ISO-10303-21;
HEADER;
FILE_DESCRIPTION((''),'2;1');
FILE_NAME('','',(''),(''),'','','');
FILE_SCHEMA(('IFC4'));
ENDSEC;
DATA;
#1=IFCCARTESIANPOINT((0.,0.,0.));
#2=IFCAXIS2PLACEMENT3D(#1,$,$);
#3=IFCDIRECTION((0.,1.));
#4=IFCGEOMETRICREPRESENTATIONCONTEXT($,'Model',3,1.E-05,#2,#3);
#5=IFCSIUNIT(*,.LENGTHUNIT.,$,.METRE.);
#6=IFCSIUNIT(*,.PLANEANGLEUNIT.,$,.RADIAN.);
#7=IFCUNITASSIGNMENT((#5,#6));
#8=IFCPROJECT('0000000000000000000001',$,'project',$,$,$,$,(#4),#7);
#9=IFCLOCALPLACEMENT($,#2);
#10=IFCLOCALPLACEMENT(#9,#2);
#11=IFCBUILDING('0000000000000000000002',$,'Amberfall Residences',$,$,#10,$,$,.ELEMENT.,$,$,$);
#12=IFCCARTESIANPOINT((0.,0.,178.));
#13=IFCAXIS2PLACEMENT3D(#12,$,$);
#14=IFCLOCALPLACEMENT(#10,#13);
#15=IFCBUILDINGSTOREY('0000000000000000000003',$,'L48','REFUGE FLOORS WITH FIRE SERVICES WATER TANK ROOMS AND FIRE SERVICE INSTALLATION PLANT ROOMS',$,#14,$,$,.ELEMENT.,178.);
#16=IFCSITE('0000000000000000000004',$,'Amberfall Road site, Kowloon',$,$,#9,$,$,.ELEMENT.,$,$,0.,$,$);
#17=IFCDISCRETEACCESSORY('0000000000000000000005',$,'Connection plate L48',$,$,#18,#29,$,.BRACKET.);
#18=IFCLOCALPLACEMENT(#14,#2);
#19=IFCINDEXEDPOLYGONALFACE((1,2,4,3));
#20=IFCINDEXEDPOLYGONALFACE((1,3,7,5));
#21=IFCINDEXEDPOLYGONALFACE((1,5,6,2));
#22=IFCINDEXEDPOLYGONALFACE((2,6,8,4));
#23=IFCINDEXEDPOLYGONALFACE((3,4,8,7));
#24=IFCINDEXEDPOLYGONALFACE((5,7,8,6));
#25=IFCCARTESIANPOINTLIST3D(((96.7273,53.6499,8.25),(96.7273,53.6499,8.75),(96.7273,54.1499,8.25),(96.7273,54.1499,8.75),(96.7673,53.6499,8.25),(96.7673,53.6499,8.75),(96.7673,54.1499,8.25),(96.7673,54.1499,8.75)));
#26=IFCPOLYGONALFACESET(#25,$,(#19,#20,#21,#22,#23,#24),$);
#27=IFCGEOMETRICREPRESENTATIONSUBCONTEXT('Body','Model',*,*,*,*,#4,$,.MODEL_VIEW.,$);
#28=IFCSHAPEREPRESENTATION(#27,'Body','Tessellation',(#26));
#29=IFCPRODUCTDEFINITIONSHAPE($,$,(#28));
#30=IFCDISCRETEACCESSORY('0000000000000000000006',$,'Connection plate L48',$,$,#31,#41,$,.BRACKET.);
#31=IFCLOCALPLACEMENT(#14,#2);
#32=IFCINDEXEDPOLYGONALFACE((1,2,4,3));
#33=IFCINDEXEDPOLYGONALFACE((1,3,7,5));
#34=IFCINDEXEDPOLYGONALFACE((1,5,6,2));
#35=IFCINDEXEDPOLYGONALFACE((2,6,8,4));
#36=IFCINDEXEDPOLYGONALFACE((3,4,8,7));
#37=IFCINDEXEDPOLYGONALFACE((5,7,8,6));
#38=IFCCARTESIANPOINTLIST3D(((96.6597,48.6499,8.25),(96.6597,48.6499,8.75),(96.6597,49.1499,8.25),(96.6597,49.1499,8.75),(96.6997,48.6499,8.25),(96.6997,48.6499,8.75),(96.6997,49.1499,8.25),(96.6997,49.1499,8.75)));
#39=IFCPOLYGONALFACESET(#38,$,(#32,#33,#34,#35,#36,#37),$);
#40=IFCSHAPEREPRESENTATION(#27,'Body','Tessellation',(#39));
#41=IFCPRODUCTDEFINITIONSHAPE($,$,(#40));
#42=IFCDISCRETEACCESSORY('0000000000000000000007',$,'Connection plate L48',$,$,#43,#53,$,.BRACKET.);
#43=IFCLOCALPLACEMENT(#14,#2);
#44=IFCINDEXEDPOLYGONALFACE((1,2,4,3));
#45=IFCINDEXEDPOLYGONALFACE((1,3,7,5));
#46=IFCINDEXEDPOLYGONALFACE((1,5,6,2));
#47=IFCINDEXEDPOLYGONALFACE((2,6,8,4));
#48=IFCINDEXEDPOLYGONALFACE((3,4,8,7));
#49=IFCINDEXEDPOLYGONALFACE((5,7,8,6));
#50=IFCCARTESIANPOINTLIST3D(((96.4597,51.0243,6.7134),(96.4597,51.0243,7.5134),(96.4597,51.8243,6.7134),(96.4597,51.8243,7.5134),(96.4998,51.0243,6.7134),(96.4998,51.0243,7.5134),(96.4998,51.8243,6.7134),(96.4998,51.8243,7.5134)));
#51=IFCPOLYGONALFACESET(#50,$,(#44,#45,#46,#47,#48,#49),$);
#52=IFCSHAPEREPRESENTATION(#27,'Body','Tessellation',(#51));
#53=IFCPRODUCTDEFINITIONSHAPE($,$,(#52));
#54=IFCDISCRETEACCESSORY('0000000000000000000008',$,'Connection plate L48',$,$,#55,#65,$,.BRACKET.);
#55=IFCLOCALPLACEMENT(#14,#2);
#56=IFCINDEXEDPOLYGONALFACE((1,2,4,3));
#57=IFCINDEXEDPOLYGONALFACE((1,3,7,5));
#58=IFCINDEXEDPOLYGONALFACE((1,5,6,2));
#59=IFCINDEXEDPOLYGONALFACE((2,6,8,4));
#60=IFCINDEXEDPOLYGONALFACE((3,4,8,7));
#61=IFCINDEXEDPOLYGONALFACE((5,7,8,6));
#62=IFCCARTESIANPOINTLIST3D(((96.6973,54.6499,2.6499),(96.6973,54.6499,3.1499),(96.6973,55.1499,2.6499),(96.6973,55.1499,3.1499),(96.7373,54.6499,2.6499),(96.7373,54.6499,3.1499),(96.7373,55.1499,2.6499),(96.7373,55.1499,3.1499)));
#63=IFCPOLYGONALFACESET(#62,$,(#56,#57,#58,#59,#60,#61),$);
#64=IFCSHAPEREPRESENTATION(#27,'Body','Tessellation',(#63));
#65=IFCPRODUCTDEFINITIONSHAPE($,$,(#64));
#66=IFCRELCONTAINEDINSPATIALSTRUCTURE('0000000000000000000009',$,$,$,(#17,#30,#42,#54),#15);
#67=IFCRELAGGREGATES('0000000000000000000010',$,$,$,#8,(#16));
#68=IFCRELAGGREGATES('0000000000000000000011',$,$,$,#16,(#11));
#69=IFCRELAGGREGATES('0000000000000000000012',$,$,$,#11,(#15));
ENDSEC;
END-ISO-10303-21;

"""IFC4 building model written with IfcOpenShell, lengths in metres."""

from ifc_helpers import new_model, si_unit, direction, frame, origin, origin_2d, place, context, subcontext, project, spatial, rectangle, extrude, element, save


model = new_model("IFC4")

# Units and contexts
model_context = context("Model", 3, precision=1e-05, world=origin(), true_north=direction((0.0, 1.0)))
body_context = subcontext(model_context, "Body", "Model", "MODEL_VIEW")
ifc_project = project(units=[si_unit("LENGTHUNIT", "METRE"), si_unit("PLANEANGLEUNIT", "RADIAN")], contexts=[model_context])

# Site, building, storey
site_placement = place(None, origin())
site = spatial("IfcSite", under=ifc_project, at=site_placement, Name="Amberfall Road site, Kowloon", CompositionType="ELEMENT", RefElevation=0.0)
building_placement = place(site_placement, origin())
building = spatial("IfcBuilding", under=site, at=building_placement, Name="Amberfall Residences", CompositionType="ELEMENT")
storey_placement = place(building_placement, frame((0.0, 0.0, 178.0)))
storey = spatial("IfcBuildingStorey", under=building, at=storey_placement, Name="L48", Description="REFUGE FLOORS WITH FIRE SERVICES WATER TANK ROOMS AND FIRE SERVICE INSTALLATION PLANT ROOMS", CompositionType="ELEMENT", Elevation=178.0)

# Discrete accessories
for number, where, z_axis, x_axis, name in (
    (1, (96.7473, 53.8999, 8.25), (0.0, 0.0, 1.0), (0.0, 1.0, 0.0), "Connection plate L48"),
    (2, (96.6797, 48.8999, 8.25), (0.0, 0.0, 1.0), (0.0, 1.0, 0.0), "Connection plate L48"),
):
    element("IfcDiscreteAccessory", number, at=place(storey_placement, frame(where, z_axis=z_axis, x_axis=x_axis)), inside=storey, Name=name, PredefinedType="BRACKET", context=body_context, shape_type="SweptSolid", body=[
        extrude(rectangle(XDim=0.5, YDim=0.04, at=origin_2d()), origin(), (0.0, 0.0, 1.0), 0.5),
    ])
discrete_accessory_1_placement = place(storey_placement, frame((96.4797, 51.4243, 6.7134), z_axis=(0.0, 0.0, 1.0), x_axis=(0.0, 1.0, 0.0)))
element("IfcDiscreteAccessory", 3, at=discrete_accessory_1_placement, inside=storey, Name="Connection plate L48", PredefinedType="BRACKET", context=body_context, shape_type="SweptSolid", body=[
    extrude(rectangle(XDim=0.8, YDim=0.04, at=origin_2d()), origin(), (0.0, 0.0, 1.0), 0.8),
])
discrete_accessory_2_placement = place(storey_placement, frame((96.7173, 54.8999, 2.6499), z_axis=(0.0, 0.0, 1.0), x_axis=(0.0, 1.0, 0.0)))
element("IfcDiscreteAccessory", 4, at=discrete_accessory_2_placement, inside=storey, Name="Connection plate L48", PredefinedType="BRACKET", context=body_context, shape_type="SweptSolid", body=[
    extrude(rectangle(XDim=0.5, YDim=0.04, at=origin_2d()), origin(), (0.0, 0.0, 1.0), 0.5),
])

save(model, "model.ifc")
